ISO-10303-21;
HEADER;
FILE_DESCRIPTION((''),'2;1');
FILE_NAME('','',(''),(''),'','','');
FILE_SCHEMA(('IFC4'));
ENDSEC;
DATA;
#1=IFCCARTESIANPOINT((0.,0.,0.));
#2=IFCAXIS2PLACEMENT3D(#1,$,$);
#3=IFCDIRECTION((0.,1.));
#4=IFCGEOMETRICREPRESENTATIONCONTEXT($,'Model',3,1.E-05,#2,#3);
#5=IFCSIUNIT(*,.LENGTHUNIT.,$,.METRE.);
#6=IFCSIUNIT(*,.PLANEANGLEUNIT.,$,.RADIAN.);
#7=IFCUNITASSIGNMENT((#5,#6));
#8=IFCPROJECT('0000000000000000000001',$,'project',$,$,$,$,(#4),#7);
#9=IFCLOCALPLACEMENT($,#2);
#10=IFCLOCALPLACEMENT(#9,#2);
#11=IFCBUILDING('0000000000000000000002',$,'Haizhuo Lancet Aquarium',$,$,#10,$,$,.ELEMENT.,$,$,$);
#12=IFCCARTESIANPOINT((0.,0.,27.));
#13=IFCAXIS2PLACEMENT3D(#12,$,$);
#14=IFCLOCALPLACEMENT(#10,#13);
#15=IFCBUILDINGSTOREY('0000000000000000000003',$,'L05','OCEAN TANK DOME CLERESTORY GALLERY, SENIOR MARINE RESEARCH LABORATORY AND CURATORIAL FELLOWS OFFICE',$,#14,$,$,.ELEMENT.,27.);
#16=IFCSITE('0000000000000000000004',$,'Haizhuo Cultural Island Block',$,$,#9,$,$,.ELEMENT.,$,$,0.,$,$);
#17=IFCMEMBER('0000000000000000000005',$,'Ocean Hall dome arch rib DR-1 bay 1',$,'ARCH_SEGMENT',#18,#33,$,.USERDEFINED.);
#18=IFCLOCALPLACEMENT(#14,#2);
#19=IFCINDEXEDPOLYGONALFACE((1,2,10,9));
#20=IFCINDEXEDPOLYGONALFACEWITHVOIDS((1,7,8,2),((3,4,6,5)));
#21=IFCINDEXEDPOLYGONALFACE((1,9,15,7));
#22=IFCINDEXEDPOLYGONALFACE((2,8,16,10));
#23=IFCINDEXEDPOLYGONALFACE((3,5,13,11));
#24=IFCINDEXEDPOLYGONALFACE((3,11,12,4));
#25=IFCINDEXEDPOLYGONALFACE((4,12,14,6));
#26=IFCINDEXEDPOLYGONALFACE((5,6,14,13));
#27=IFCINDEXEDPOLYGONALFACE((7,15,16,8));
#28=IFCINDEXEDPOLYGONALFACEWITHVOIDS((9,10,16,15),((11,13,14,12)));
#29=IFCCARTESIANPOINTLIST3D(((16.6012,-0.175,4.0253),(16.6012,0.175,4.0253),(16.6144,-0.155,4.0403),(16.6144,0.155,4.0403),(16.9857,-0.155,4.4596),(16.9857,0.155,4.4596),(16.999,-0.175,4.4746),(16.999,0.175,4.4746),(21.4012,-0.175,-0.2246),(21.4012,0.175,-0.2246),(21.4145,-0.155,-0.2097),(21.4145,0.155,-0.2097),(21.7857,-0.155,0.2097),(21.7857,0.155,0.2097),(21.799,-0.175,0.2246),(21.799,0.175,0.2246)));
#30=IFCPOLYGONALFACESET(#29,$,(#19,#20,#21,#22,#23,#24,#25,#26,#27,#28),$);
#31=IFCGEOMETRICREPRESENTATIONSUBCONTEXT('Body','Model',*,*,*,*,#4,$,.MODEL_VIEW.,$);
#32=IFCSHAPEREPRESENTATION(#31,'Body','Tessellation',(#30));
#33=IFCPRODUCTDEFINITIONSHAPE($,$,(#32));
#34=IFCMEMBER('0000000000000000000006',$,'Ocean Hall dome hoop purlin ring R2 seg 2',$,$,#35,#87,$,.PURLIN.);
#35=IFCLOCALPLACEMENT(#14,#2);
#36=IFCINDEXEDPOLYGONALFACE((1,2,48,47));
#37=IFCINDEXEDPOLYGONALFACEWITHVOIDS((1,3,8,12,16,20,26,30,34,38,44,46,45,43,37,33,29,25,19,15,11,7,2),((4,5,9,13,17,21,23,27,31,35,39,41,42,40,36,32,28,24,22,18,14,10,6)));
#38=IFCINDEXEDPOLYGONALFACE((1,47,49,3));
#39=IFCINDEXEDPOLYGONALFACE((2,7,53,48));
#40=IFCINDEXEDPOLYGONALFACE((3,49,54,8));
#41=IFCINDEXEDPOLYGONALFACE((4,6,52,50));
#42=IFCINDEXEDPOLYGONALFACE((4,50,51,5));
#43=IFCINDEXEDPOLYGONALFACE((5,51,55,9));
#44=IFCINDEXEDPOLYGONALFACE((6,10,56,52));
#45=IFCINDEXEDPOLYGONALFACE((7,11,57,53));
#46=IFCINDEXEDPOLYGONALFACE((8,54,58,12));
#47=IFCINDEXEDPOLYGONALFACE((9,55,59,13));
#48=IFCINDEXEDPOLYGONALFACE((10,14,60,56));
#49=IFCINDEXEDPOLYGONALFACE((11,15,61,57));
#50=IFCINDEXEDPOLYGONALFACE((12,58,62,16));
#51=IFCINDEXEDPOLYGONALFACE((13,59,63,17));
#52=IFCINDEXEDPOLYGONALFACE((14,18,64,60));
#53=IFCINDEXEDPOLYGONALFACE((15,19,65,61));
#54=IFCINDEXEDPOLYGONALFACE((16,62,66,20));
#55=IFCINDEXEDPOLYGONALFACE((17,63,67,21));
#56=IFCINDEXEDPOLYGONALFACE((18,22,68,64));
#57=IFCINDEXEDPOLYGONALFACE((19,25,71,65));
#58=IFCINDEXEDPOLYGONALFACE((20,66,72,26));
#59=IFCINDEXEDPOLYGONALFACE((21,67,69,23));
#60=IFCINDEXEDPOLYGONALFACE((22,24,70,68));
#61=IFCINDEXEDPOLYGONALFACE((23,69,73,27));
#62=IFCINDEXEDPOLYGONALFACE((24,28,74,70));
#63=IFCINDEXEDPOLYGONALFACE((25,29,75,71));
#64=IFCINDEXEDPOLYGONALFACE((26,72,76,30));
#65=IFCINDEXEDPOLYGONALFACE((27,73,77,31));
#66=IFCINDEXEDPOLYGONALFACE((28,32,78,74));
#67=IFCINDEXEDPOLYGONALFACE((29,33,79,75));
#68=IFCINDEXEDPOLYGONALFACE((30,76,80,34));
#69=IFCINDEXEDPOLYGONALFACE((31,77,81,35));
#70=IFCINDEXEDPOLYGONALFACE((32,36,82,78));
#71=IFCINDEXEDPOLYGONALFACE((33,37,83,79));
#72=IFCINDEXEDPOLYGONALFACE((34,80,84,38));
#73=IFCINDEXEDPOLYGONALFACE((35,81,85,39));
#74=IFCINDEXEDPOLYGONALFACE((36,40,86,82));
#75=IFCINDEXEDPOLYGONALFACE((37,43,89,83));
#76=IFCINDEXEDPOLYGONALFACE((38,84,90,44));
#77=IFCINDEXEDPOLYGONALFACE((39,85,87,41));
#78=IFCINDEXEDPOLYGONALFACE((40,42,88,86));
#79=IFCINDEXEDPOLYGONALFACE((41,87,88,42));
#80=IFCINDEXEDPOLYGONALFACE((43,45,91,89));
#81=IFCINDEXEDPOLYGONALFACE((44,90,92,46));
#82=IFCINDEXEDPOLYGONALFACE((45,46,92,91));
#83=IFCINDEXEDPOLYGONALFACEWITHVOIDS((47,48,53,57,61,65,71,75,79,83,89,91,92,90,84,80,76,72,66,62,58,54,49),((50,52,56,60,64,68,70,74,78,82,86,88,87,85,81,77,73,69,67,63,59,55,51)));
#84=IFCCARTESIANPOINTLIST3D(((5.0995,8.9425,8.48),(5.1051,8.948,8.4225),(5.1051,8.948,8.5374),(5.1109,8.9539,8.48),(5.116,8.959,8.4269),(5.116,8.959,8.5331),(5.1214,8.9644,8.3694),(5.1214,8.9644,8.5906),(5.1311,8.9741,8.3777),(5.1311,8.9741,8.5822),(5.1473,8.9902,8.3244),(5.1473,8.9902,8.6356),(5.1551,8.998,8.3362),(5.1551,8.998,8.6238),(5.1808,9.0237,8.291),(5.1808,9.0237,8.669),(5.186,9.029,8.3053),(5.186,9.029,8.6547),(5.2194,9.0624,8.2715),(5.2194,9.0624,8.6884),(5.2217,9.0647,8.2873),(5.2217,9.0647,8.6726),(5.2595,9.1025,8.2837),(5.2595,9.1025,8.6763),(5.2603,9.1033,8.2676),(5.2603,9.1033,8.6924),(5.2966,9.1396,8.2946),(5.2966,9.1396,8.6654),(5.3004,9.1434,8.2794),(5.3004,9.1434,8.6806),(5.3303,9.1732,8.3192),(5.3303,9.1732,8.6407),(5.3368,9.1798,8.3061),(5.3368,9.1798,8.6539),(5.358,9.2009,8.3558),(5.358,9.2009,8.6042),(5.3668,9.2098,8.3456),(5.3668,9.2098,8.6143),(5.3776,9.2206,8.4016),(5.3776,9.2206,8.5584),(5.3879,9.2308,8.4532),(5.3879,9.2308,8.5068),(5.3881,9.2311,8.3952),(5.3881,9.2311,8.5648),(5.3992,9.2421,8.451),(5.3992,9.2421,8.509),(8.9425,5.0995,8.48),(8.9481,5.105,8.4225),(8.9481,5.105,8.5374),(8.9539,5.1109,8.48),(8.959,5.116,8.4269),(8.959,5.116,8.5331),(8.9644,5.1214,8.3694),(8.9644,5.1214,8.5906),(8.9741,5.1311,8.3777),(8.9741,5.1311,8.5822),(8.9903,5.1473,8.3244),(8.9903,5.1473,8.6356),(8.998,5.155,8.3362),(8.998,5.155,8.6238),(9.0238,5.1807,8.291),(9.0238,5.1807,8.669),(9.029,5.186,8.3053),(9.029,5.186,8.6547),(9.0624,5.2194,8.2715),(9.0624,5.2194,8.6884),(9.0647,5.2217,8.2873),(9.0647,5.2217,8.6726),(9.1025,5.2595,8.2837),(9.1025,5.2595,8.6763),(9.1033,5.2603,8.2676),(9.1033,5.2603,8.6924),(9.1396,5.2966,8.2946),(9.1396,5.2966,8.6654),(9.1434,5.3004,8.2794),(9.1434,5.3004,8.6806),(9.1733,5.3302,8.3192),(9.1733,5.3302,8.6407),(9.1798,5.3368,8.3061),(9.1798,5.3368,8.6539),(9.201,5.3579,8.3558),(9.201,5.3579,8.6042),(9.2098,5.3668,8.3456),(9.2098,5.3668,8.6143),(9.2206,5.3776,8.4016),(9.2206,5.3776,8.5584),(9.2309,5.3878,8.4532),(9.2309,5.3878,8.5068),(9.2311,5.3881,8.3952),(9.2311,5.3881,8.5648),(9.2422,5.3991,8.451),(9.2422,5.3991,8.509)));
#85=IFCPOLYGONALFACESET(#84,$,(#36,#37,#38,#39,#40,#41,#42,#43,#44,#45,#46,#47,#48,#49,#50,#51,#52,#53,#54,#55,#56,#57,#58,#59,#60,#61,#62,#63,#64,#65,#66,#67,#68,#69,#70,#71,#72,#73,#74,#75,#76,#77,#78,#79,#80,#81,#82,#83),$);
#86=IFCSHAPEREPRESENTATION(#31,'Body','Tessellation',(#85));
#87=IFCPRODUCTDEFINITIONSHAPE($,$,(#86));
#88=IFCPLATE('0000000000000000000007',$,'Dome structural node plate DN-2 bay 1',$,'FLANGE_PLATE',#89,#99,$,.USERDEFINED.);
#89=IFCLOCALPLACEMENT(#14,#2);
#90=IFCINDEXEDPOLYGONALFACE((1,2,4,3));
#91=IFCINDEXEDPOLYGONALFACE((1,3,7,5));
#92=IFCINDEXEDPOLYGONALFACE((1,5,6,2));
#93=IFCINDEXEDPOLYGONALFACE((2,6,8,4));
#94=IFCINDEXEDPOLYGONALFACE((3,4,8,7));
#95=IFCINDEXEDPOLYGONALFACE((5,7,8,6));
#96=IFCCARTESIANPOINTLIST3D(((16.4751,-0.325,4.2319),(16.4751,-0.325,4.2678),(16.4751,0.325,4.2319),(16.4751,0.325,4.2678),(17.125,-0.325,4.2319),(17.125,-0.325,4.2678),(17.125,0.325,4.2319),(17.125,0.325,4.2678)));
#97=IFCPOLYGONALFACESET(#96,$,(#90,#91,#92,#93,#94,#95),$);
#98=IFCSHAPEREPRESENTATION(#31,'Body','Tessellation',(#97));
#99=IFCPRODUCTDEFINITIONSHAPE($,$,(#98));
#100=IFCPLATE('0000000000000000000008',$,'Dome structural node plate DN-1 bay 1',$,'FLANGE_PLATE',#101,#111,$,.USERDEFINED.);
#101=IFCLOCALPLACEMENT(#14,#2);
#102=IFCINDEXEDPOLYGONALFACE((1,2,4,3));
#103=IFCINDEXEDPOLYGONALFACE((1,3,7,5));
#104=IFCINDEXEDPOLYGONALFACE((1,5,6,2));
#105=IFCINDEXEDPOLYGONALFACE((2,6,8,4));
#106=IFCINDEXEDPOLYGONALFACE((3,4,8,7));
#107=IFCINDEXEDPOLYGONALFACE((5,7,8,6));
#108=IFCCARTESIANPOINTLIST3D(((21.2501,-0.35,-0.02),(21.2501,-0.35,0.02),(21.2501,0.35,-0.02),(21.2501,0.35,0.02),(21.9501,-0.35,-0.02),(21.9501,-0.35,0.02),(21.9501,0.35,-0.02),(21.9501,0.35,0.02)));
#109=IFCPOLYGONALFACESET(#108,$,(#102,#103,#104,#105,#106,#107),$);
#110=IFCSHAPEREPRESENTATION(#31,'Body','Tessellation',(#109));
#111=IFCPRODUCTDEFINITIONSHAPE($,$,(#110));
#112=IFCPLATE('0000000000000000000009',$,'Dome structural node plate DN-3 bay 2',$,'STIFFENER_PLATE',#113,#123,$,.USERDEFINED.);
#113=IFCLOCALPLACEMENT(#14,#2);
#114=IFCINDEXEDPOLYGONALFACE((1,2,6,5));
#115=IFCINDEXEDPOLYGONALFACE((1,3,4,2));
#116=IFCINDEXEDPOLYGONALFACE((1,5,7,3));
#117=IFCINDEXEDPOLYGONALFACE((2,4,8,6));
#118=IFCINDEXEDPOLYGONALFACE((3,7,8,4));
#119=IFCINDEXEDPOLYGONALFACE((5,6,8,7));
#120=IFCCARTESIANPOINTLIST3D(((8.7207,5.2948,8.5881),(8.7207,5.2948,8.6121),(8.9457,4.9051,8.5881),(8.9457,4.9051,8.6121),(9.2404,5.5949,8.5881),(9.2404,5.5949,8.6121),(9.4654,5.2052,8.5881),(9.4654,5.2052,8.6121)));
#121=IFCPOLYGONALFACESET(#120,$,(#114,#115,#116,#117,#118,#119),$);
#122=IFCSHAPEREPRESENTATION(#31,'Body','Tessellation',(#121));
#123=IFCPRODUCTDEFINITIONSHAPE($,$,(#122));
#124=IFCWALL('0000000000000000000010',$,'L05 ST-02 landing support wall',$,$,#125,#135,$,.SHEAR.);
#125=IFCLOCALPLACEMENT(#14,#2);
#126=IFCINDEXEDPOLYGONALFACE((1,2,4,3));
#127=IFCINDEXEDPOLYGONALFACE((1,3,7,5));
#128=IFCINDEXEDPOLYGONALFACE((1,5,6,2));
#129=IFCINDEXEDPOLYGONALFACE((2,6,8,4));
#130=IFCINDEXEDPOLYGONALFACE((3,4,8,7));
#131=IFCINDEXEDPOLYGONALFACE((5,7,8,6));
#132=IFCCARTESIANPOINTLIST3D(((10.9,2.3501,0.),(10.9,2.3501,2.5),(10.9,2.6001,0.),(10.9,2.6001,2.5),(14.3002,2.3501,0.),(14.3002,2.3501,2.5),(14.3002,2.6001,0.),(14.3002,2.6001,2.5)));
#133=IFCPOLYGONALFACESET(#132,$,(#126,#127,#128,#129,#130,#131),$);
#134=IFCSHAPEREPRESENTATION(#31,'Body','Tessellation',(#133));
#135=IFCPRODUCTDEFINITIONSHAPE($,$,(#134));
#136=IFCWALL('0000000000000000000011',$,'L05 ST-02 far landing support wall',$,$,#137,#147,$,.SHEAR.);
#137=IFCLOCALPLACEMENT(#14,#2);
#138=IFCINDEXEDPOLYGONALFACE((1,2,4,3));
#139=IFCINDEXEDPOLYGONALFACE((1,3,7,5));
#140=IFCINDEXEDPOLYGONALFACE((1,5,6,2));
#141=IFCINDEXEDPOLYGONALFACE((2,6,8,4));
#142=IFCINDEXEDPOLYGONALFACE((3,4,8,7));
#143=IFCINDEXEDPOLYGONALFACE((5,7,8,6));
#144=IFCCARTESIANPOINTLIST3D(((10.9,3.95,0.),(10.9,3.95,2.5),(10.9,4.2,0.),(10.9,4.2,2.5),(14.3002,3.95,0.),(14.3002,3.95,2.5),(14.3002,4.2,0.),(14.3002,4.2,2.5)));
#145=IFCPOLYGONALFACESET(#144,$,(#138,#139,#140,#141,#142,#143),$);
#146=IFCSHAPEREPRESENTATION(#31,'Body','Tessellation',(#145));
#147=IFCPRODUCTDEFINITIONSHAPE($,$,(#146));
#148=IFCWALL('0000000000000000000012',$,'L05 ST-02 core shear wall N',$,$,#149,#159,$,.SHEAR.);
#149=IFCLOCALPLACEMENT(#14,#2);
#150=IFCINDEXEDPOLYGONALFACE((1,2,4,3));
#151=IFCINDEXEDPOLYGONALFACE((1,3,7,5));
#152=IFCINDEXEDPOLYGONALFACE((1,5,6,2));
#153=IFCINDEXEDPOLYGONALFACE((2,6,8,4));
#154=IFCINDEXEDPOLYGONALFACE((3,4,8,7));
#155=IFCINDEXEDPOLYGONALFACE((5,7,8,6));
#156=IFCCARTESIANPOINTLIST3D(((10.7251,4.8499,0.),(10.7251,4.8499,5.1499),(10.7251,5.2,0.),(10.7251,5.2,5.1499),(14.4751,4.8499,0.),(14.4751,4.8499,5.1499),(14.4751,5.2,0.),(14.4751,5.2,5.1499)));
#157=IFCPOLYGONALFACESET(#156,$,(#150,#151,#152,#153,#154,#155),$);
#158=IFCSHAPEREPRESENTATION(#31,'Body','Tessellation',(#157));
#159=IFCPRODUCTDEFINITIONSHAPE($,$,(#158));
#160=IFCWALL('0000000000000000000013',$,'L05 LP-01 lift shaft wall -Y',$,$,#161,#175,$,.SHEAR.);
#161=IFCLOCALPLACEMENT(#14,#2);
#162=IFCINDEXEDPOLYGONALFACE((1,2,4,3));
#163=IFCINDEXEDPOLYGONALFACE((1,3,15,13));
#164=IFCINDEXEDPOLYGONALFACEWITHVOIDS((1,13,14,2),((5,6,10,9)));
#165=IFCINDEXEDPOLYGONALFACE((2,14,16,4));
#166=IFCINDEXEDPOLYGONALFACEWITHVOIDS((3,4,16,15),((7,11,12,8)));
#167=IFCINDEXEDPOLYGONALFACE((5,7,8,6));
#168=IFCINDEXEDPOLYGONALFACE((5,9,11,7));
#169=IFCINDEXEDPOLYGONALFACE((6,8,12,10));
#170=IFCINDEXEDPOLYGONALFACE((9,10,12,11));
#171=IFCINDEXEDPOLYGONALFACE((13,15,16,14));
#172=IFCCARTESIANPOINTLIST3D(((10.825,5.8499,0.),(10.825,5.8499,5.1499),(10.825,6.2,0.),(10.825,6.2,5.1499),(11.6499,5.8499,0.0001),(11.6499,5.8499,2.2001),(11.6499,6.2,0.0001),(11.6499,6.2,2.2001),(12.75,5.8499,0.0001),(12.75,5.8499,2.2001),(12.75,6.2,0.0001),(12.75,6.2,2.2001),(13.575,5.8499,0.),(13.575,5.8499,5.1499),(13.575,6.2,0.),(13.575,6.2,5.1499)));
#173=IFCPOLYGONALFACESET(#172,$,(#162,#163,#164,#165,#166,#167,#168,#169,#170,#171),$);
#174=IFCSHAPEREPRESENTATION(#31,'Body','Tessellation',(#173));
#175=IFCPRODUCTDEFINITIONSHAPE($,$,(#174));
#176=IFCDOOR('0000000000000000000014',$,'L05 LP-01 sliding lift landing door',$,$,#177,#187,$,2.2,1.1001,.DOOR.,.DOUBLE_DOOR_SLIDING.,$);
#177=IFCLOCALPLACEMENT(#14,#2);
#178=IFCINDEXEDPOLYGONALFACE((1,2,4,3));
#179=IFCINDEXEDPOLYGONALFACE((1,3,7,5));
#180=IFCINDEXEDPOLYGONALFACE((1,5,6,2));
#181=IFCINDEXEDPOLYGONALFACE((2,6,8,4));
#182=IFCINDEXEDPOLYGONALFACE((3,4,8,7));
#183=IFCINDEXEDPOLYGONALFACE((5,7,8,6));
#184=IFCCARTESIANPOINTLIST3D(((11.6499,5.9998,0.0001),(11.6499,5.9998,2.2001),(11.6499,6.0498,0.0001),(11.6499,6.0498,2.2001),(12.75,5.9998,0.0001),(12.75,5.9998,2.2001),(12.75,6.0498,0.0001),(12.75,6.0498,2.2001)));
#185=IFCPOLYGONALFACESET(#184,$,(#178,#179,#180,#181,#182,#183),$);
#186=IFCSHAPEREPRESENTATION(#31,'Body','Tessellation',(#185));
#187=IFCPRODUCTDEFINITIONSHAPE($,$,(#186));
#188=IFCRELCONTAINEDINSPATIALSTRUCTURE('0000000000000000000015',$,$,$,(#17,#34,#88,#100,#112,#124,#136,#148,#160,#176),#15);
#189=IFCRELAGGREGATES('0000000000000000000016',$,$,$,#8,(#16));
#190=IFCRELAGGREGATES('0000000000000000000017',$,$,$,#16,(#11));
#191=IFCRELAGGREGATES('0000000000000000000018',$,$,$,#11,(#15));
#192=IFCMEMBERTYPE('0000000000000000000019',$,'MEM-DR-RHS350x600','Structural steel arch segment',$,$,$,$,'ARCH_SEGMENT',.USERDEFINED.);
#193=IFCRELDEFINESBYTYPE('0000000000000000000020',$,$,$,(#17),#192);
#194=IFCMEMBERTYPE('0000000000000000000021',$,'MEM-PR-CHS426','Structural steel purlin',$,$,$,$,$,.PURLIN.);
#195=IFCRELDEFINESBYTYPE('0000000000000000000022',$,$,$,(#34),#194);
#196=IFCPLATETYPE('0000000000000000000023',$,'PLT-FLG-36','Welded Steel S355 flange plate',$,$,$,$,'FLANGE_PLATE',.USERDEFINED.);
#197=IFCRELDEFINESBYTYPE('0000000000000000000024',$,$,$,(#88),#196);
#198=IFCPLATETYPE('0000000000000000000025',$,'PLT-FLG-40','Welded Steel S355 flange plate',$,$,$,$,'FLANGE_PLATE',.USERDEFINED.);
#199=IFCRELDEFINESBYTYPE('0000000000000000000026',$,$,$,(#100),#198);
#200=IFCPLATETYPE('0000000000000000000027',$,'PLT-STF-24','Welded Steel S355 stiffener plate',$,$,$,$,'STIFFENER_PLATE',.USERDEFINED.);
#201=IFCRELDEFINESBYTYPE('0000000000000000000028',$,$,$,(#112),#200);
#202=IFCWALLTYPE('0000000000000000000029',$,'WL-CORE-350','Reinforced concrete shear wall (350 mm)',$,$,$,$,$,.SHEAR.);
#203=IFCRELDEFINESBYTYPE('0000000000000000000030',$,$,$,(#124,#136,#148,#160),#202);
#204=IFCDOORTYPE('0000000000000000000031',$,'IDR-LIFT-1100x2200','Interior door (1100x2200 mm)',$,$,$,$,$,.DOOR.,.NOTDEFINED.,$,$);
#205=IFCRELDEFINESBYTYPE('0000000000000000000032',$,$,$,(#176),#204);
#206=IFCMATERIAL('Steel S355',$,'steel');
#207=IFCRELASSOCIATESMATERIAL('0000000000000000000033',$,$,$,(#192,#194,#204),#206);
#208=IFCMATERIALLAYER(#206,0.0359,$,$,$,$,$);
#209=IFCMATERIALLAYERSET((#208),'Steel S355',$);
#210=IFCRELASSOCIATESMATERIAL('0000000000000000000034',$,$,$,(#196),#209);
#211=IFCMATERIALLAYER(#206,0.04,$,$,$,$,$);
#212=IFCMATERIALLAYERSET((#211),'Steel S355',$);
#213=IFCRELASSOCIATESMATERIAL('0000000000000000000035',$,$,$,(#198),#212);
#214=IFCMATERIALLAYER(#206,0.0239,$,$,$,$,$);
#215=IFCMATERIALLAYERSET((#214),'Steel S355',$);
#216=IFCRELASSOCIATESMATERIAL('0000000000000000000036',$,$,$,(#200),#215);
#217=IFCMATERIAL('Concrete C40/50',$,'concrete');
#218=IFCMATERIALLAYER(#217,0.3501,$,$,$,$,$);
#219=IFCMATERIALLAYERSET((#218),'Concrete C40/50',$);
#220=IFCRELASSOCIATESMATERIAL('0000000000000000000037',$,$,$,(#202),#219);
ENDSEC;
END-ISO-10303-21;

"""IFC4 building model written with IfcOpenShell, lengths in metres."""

from ifc_helpers import new_model, si_unit, direction, frame, frame_2d, origin, origin_2d, place, context, subcontext, project, spatial, rectangle, hollow_rectangle, hollow_circle, extrude, material, layer, layer_set, material_profile, profile_set, type_object, element, fill, save


model = new_model("IFC4")

# Units and contexts
model_context = context("Model", 3, precision=1e-05, world=origin(), true_north=direction((0.0, 1.0)))
body_context = subcontext(model_context, "Body", "Model", "MODEL_VIEW")
ifc_project = project(units=[si_unit("LENGTHUNIT", "METRE"), si_unit("PLANEANGLEUNIT", "RADIAN")], contexts=[model_context])

# Site, building, storey
site_placement = place(None, origin())
site = spatial("IfcSite", under=ifc_project, at=site_placement, Name="Haizhuo Cultural Island Block", CompositionType="ELEMENT", RefElevation=0.0)
building_placement = place(site_placement, origin())
building = spatial("IfcBuilding", under=site, at=building_placement, Name="Haizhuo Lancet Aquarium", CompositionType="ELEMENT")
storey_placement = place(building_placement, frame((0.0, 0.0, 27.0)))
storey = spatial("IfcBuildingStorey", under=building, at=storey_placement, Name="L05", Description="OCEAN TANK DOME CLERESTORY GALLERY, SENIOR MARINE RESEARCH LABORATORY AND CURATORIAL FELLOWS OFFICE", CompositionType="ELEMENT", Elevation=27.0)

# Members
ifc_material_1 = material(Name="Steel S355", Category="steel")
ifc_material_profile_1 = material_profile(ifc_material_1, hollow_rectangle(XDim=0.3501, YDim=0.6001, WallThickness=0.02, at=origin_2d()), Name="RHS 350x600x20")
ifc_profile_set_1 = profile_set([ifc_material_profile_1], Name="Steel S355")
member_type_1 = type_object("IfcMemberType", Name="MEM-DR-RHS350x600", Description="Structural steel arch segment", ElementType="ARCH_SEGMENT", PredefinedType="USERDEFINED", material=ifc_profile_set_1)
member_1_placement = place(storey_placement, frame((21.6001, 0.0, 0.0), z_axis=(-0.748702, 0.0, 0.662907), x_axis=(0.0, -1.0, 0.0)))
element("IfcMember", 1, at=member_1_placement, inside=storey, type_object=member_type_1, Name="Ocean Hall dome arch rib DR-1 bay 1", ObjectType="ARCH_SEGMENT", PredefinedType="USERDEFINED", context=body_context, shape_type="SweptSolid", body=[
    extrude(hollow_rectangle(XDim=0.3501, YDim=0.6001, WallThickness=0.02, at=origin_2d()), origin(), (0.0, 0.0, 1.0), 6.4111),
])
ifc_material_profile_2 = material_profile(ifc_material_1, hollow_circle(Radius=0.2129, WallThickness=0.0161, at=origin_2d()), Name="CHS 426x16")
ifc_profile_set_2 = profile_set([ifc_material_profile_2], Name="Steel S355")
member_type_2 = type_object("IfcMemberType", Name="MEM-PR-CHS426", Description="Structural steel purlin", PredefinedType="PURLIN", material=ifc_profile_set_2)
member_2_placement = place(storey_placement, frame((9.093, 5.25, 8.48), z_axis=(-0.707107, 0.707107, 0.0), x_axis=(-0.707107, -0.707107, 0.0)))
element("IfcMember", 2, at=member_2_placement, inside=storey, type_object=member_type_2, Name="Ocean Hall dome hoop purlin ring R2 seg 2", PredefinedType="PURLIN", context=body_context, shape_type="SweptSolid", body=[
    extrude(hollow_circle(Radius=0.2129, WallThickness=0.0161, at=origin_2d()), origin(), (0.0, 0.0, 1.0), 5.4348),
])

# Plates
ifc_layer_1 = layer(ifc_material_1, 0.0359)
ifc_layer_set_1 = layer_set([ifc_layer_1], Name="Steel S355")
plate_type_1 = type_object("IfcPlateType", Name="PLT-FLG-36", Description="Welded Steel S355 flange plate", ElementType="FLANGE_PLATE", PredefinedType="USERDEFINED", material=ifc_layer_set_1)
plate_1_placement = place(storey_placement, frame((16.8, 0.0, 4.2319), z_axis=(0.0, 0.0, 1.0), x_axis=(1.0, 0.0, 0.0)))
element("IfcPlate", 3, at=plate_1_placement, inside=storey, type_object=plate_type_1, Name="Dome structural node plate DN-2 bay 1", ObjectType="FLANGE_PLATE", PredefinedType="USERDEFINED", context=body_context, shape_type="SweptSolid", body=[
    extrude(rectangle(XDim=0.6499, YDim=0.6499, at=origin_2d()), origin(), (0.0, 0.0, 1.0), 0.0359),
])
ifc_layer_2 = layer(ifc_material_1, 0.04)
ifc_layer_set_2 = layer_set([ifc_layer_2], Name="Steel S355")
plate_type_2 = type_object("IfcPlateType", Name="PLT-FLG-40", Description="Welded Steel S355 flange plate", ElementType="FLANGE_PLATE", PredefinedType="USERDEFINED", material=ifc_layer_set_2)
plate_2_placement = place(storey_placement, frame((21.6001, 0.0, -0.02), z_axis=(0.0, 0.0, 1.0), x_axis=(1.0, 0.0, 0.0)))
element("IfcPlate", 4, at=plate_2_placement, inside=storey, type_object=plate_type_2, Name="Dome structural node plate DN-1 bay 1", ObjectType="FLANGE_PLATE", PredefinedType="USERDEFINED", context=body_context, shape_type="SweptSolid", body=[
    extrude(rectangle(XDim=0.7, YDim=0.7, at=origin_2d()), origin(), (0.0, 0.0, 1.0), 0.04),
])
ifc_layer_3 = layer(ifc_material_1, 0.0239)
ifc_layer_set_3 = layer_set([ifc_layer_3], Name="Steel S355")
plate_type_3 = type_object("IfcPlateType", Name="PLT-STF-24", Description="Welded Steel S355 stiffener plate", ElementType="STIFFENER_PLATE", PredefinedType="USERDEFINED", material=ifc_layer_set_3)
plate_3_placement = place(storey_placement, frame((9.093, 5.25, 8.5881), z_axis=(0.0, 0.0, 1.0), x_axis=(0.866025, 0.5, 0.0)))
element("IfcPlate", 5, at=plate_3_placement, inside=storey, type_object=plate_type_3, Name="Dome structural node plate DN-3 bay 2", ObjectType="STIFFENER_PLATE", PredefinedType="USERDEFINED", context=body_context, shape_type="SweptSolid", body=[
    extrude(rectangle(XDim=0.6001, YDim=0.45, at=origin_2d()), origin(), (0.0, 0.0, 1.0), 0.0239),
])

# Walls
ifc_material_2 = material(Name="Concrete C40/50", Category="concrete")
ifc_layer_4 = layer(ifc_material_2, 0.3501)
ifc_layer_set_4 = layer_set([ifc_layer_4], Name="Concrete C40/50")
wall_type = type_object("IfcWallType", Name="WL-CORE-350", Description="Reinforced concrete shear wall (350 mm)", PredefinedType="SHEAR", material=ifc_layer_set_4)
for number, where, z_axis, x_axis, name in (
    (6, (10.8999, 2.4751, 0.0), (0.0, 0.0, 1.0), (1.0, 0.0, 0.0), "L05 ST-02 landing support wall"),
    (7, (10.8999, 4.075, 0.0), (0.0, 0.0, 1.0), (1.0, 0.0, 0.0), "L05 ST-02 far landing support wall"),
):
    element("IfcWall", number, at=place(storey_placement, frame(where, z_axis=z_axis, x_axis=x_axis)), inside=storey, type_object=wall_type, Name=name, PredefinedType="SHEAR", context=body_context, shape_type="SweptSolid", body=[
        extrude(rectangle(XDim=3.4001, YDim=0.25, at=frame_2d((1.7002, 0.0))), origin(), (0.0, 0.0, 1.0), 2.5),
    ])
wall_1_placement = place(storey_placement, frame((10.7251, 5.0249, 0.0), z_axis=(0.0, 0.0, 1.0), x_axis=(1.0, 0.0, 0.0)))
element("IfcWall", 8, at=wall_1_placement, inside=storey, type_object=wall_type, Name="L05 ST-02 core shear wall N", PredefinedType="SHEAR", context=body_context, shape_type="SweptSolid", body=[
    extrude(rectangle(XDim=3.75, YDim=0.3501, at=frame_2d((1.875, 0.0))), origin(), (0.0, 0.0, 1.0), 5.1499),
])

# Wall, opening, door
wall_2_placement = place(storey_placement, frame((10.825, 6.0249, 0.0), z_axis=(0.0, 0.0, 1.0), x_axis=(1.0, 0.0, 0.0)))
wall_2 = element("IfcWall", 9, at=wall_2_placement, inside=storey, type_object=wall_type, Name="L05 LP-01 lift shaft wall -Y", PredefinedType="SHEAR", context=body_context, shape_type="SweptSolid", body=[
    extrude(rectangle(XDim=2.75, YDim=0.3501, at=frame_2d((1.375, 0.0))), origin(), (0.0, 0.0, 1.0), 5.1499),
])
opening_placement = place(wall_2_placement, frame((0.825, 0.0, 0.0)))
opening = element("IfcOpeningElement", 10, at=opening_placement, cuts=wall_2, PredefinedType="OPENING", context=body_context, shape_type="SweptSolid", body=[
    extrude(rectangle(XDim=1.1001, YDim=2.2, at=frame_2d((0.55, 1.1001))), frame((0.0, 0.1851, 0.0), z_axis=(0.0, -1.0, 0.0), x_axis=(1.0, 0.0, 0.0)), (0.0, 0.0, 1.0), 0.3701),
])
door_type = type_object("IfcDoorType", Name="IDR-LIFT-1100x2200", Description="Interior door (1100x2200 mm)", OperationType="NOTDEFINED", PredefinedType="DOOR", material=ifc_material_1)
door_placement = place(opening_placement, origin())
door = element("IfcDoor", 11, at=door_placement, inside=storey, type_object=door_type, Name="L05 LP-01 sliding lift landing door", OperationType="DOUBLE_DOOR_SLIDING", OverallHeight=2.2, OverallWidth=1.1001, PredefinedType="DOOR", context=body_context, shape_type="SweptSolid", body=[
    extrude(rectangle(XDim=1.1001, YDim=2.2, at=frame_2d((0.55, 1.1001))), frame((0.0, 0.0249, 0.0), z_axis=(0.0, -1.0, 0.0), x_axis=(1.0, 0.0, 0.0)), (0.0, 0.0, 1.0), 0.05),
])
fill(opening, door)

save(model, "model.ifc")
